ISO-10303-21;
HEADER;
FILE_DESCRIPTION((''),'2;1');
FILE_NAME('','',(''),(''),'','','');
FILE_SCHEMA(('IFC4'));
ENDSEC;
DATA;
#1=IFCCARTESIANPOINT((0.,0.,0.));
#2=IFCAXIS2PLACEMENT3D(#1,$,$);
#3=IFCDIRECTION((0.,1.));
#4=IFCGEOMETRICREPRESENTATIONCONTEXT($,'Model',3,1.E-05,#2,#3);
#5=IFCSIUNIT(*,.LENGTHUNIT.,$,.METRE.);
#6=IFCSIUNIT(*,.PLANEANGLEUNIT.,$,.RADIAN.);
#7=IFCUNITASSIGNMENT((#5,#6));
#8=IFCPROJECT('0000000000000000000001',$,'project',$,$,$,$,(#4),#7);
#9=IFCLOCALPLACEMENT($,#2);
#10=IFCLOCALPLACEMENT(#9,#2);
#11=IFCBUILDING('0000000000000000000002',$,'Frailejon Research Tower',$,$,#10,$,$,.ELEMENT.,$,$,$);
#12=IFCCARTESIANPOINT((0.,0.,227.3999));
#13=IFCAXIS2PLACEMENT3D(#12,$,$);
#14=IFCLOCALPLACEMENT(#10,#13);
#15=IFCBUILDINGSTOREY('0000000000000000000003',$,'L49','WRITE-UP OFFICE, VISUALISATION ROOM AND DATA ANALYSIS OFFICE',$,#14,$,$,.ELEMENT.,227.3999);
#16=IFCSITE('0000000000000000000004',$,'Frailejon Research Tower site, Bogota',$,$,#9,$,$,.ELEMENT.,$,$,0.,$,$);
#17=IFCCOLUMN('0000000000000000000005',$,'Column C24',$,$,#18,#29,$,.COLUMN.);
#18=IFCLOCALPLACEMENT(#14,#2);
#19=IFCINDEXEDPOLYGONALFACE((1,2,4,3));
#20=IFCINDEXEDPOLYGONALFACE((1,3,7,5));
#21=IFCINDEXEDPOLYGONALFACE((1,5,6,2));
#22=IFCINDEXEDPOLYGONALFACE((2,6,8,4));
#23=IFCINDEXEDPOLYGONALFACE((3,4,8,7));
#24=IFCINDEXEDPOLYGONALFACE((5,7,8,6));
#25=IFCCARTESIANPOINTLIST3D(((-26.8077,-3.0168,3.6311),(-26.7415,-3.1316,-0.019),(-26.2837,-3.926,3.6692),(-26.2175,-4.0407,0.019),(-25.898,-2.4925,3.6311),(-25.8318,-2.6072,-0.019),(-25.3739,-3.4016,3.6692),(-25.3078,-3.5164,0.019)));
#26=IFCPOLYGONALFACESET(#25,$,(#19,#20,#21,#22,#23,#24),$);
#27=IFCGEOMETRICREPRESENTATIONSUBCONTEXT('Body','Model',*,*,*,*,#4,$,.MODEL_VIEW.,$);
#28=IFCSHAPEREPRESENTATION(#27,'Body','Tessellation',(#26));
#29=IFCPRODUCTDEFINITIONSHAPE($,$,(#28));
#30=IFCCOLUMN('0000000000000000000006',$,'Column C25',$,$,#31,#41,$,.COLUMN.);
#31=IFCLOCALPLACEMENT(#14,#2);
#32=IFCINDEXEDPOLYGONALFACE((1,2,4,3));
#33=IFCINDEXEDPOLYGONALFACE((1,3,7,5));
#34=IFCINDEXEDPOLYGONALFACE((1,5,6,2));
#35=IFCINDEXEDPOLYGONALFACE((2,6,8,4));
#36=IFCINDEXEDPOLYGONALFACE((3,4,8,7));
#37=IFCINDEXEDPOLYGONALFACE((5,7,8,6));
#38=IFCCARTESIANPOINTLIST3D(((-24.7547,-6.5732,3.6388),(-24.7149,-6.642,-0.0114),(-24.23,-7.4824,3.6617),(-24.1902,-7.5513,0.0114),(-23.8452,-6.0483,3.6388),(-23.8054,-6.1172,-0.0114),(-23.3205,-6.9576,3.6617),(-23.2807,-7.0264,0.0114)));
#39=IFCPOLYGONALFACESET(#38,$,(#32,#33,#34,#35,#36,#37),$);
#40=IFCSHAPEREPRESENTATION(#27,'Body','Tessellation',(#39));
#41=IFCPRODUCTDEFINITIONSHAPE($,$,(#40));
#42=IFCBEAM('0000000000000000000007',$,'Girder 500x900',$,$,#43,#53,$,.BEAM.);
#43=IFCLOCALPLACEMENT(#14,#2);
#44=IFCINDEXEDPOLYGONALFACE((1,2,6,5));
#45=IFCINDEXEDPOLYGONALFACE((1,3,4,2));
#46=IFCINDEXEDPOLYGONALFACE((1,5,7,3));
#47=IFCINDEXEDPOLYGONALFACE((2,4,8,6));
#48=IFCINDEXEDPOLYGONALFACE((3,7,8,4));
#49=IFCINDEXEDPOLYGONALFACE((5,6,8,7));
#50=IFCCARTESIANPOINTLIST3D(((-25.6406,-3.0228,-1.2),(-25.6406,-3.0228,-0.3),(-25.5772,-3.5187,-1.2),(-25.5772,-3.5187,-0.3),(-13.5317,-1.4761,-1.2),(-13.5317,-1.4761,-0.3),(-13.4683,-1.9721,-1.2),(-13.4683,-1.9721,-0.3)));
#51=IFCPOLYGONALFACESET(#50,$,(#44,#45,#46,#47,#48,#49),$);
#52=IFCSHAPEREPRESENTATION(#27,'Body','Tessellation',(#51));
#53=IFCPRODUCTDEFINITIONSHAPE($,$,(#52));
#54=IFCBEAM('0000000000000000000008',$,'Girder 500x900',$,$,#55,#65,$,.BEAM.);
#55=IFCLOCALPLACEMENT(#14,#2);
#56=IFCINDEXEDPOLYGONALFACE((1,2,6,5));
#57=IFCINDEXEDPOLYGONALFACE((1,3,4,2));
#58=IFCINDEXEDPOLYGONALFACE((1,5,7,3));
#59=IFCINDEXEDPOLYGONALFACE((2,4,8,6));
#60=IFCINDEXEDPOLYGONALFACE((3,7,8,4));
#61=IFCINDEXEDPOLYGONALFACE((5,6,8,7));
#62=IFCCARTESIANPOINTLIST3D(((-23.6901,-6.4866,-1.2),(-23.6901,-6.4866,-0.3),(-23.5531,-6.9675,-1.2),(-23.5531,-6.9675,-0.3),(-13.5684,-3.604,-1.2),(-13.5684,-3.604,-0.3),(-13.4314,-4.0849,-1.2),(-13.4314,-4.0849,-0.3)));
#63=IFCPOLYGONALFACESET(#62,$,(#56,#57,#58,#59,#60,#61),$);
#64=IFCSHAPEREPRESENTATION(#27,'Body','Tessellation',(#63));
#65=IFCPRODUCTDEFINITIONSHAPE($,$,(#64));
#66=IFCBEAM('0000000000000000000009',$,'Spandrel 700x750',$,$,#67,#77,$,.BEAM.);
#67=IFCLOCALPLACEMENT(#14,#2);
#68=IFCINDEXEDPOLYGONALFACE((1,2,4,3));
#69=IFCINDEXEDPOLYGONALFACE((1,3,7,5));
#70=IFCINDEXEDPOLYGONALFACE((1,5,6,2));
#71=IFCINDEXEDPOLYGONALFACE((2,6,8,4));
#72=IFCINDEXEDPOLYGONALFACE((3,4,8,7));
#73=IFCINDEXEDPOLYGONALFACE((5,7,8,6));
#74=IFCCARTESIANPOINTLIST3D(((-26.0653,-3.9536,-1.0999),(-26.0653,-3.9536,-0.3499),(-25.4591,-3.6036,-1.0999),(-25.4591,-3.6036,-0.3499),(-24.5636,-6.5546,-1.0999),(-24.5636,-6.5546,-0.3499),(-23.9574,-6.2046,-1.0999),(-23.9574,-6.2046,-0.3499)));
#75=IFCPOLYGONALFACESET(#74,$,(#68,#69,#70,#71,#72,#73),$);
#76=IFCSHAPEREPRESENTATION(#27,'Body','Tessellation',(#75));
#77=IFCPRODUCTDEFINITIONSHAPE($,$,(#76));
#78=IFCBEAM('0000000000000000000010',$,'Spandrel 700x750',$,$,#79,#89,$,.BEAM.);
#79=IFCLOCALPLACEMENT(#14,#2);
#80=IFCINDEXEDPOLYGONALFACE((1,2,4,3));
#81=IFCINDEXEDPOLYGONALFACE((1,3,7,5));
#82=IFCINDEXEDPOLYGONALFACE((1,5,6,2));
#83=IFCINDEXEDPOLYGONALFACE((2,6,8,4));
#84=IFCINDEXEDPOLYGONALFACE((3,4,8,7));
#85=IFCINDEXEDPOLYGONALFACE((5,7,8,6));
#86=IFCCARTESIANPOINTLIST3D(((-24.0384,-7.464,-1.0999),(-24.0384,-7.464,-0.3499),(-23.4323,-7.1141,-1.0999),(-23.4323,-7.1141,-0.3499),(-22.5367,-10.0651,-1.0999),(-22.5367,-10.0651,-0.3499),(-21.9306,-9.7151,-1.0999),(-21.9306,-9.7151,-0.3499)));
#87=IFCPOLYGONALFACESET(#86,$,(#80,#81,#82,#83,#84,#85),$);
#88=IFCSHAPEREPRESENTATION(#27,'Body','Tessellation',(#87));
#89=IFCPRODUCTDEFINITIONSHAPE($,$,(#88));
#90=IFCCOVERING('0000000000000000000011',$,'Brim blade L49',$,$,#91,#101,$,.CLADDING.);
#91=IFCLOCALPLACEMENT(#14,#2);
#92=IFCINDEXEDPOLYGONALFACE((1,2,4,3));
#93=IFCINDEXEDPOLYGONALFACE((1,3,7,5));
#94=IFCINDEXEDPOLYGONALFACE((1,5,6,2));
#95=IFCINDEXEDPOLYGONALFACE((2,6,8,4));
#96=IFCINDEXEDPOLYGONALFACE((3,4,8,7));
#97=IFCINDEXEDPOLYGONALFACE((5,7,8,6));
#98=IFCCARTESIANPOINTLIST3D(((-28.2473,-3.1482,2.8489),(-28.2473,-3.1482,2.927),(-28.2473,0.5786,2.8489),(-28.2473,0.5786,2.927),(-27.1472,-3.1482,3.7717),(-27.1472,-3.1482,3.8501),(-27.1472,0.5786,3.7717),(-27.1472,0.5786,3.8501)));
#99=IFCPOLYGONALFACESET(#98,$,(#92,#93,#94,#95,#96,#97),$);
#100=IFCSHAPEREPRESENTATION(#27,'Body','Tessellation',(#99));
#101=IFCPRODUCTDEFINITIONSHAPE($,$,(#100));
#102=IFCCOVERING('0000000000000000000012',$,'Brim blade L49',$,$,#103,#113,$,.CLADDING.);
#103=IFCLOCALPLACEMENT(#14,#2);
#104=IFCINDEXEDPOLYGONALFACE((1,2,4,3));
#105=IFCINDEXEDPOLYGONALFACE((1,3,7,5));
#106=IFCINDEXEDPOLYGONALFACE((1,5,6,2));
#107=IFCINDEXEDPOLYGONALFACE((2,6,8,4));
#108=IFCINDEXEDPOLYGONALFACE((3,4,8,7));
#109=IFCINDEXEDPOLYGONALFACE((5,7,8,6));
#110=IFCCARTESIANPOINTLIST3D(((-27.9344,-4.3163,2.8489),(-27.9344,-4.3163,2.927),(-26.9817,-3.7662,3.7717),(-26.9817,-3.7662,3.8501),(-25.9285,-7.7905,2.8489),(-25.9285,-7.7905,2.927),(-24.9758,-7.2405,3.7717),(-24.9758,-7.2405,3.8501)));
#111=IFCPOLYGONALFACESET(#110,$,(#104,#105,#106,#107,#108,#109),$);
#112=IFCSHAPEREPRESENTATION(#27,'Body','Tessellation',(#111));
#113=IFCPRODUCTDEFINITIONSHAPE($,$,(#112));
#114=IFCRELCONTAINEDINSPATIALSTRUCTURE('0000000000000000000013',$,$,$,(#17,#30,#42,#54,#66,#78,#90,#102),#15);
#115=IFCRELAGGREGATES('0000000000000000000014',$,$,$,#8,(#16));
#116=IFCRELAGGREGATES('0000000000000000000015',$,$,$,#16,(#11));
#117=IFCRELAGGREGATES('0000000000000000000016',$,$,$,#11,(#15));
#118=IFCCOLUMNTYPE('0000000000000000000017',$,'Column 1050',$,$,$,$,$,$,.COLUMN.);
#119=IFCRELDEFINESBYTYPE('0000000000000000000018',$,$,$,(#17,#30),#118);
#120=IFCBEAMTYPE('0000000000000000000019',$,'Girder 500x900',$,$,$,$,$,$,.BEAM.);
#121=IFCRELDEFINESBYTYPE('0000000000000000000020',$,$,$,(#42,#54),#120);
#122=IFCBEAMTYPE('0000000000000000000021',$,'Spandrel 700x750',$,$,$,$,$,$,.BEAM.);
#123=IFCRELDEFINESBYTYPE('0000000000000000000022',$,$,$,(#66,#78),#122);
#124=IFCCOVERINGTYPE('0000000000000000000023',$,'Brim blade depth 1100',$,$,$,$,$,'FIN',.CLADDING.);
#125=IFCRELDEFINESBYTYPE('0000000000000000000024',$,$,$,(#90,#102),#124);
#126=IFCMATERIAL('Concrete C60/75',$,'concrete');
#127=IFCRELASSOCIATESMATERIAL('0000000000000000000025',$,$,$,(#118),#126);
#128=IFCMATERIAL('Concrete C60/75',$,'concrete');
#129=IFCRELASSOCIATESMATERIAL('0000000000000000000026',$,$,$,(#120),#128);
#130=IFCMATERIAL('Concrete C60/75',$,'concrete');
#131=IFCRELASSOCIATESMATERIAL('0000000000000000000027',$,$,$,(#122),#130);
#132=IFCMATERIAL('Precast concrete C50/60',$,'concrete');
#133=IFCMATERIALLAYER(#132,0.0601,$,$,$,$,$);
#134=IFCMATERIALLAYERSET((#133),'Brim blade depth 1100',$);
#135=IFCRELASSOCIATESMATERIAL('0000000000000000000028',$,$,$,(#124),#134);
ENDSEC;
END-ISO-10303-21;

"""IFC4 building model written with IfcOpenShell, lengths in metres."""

from ifc_helpers import new_model, si_unit, direction, frame, origin, origin_2d, place, context, subcontext, project, spatial, polyline, rectangle, outline, extrude, material, layer, layer_set, material_profile, profile_set, type_object, element, save


model = new_model("IFC4")

# Units and contexts
model_context = context("Model", 3, precision=1e-05, world=origin(), true_north=direction((0.0, 1.0)))
body_context = subcontext(model_context, "Body", "Model", "MODEL_VIEW")
ifc_project = project(units=[si_unit("LENGTHUNIT", "METRE"), si_unit("PLANEANGLEUNIT", "RADIAN")], contexts=[model_context])

# Site, building, storey
site_placement = place(None, origin())
site = spatial("IfcSite", under=ifc_project, at=site_placement, Name="Frailejon Research Tower site, Bogota", CompositionType="ELEMENT", RefElevation=0.0)
building_placement = place(site_placement, origin())
building = spatial("IfcBuilding", under=site, at=building_placement, Name="Frailejon Research Tower", CompositionType="ELEMENT")
storey_placement = place(building_placement, frame((0.0, 0.0, 227.3999)))
storey = spatial("IfcBuildingStorey", under=building, at=storey_placement, Name="L49", Description="WRITE-UP OFFICE, VISUALISATION ROOM AND DATA ANALYSIS OFFICE", CompositionType="ELEMENT", Elevation=227.3999)

# Columns
ifc_material_1 = material(Name="Concrete C60/75", Category="concrete")
ifc_material_profile_1 = material_profile(ifc_material_1, rectangle(XDim=1.05, YDim=1.05, at=origin_2d()), Name="Column 1050")
ifc_profile_set_1 = profile_set([ifc_material_profile_1], Name="Concrete C60/75")
column_type = type_object("IfcColumnType", Name="Column 1050", PredefinedType="COLUMN", material=ifc_profile_set_1)
column_1_placement = place(storey_placement, frame((-26.0247, -3.324, 0.0), z_axis=(-0.018114, 0.031415, 0.999342), x_axis=(0.499041, -0.86582, 0.036263)))
element("IfcColumn", 1, at=column_1_placement, inside=storey, type_object=column_type, Name="Column C24", PredefinedType="COLUMN", context=body_context, shape_type="SweptSolid", body=[
    extrude(rectangle(XDim=1.05, YDim=1.05, at=origin_2d()), origin(), (0.0, 0.0, 1.0), 3.6526),
])
column_2_placement = place(storey_placement, frame((-23.9978, -6.8342, 0.0), z_axis=(-0.0109, 0.018857, 0.999763), x_axis=(0.499729, -0.865908, 0.021781)))
element("IfcColumn", 2, at=column_2_placement, inside=storey, type_object=column_type, Name="Column C25", PredefinedType="COLUMN", context=body_context, shape_type="SweptSolid", body=[
    extrude(rectangle(XDim=1.05, YDim=1.05, at=origin_2d()), origin(), (0.0, 0.0, 1.0), 3.6511),
])

# Beams
ifc_material_2 = material(Name="Concrete C60/75", Category="concrete")
ifc_material_profile_2 = material_profile(ifc_material_2, rectangle(XDim=0.5, YDim=0.8999, at=origin_2d()), Name="Girder 500x900")
ifc_profile_set_2 = profile_set([ifc_material_profile_2], Name="Concrete C60/75")
beam_type_1 = type_object("IfcBeamType", Name="Girder 500x900", PredefinedType="BEAM", material=ifc_profile_set_2)
beam_1_placement = place(storey_placement, frame((-25.6089, -3.2708, -0.75), z_axis=(0.991941, 0.126698, 0.0), x_axis=(-0.126698, 0.991941, 0.0)))
element("IfcBeam", 3, at=beam_1_placement, inside=storey, type_object=beam_type_1, Name="Girder 500x900", PredefinedType="BEAM", context=body_context, shape_type="SweptSolid", body=[
    extrude(rectangle(XDim=0.5, YDim=0.8999, at=origin_2d()), origin(), (0.0, 0.0, 1.0), 12.2073),
])
beam_2_placement = place(storey_placement, frame((-23.6216, -6.7271, -0.75), z_axis=(0.961757, 0.273903, 0.0), x_axis=(-0.273903, 0.961757, 0.0)))
element("IfcBeam", 4, at=beam_2_placement, inside=storey, type_object=beam_type_1, Name="Girder 500x900", PredefinedType="BEAM", context=body_context, shape_type="SweptSolid", body=[
    extrude(rectangle(XDim=0.5, YDim=0.8999, at=origin_2d()), origin(), (0.0, 0.0, 1.0), 10.5242),
])
ifc_material_3 = material(Name="Concrete C60/75", Category="concrete")
ifc_material_profile_3 = material_profile(ifc_material_3, rectangle(XDim=0.7, YDim=0.75, at=origin_2d()), Name="Spandrel 700x750")
ifc_profile_set_3 = profile_set([ifc_material_profile_3], Name="Concrete C60/75")
beam_type_2 = type_object("IfcBeamType", Name="Spandrel 700x750", PredefinedType="BEAM", material=ifc_profile_set_3)
for number, where, z_axis, x_axis, name in (
    (5, (-25.7622, -3.7786, -0.7249), (0.499995, -0.866029, 0.0), (0.866029, 0.499995, 0.0), "Spandrel 700x750"),
    (6, (-23.7354, -7.2891, -0.7249), (0.499995, -0.866029, 0.0), (0.866029, 0.499995, 0.0), "Spandrel 700x750"),
):
    element("IfcBeam", number, at=place(storey_placement, frame(where, z_axis=z_axis, x_axis=x_axis)), inside=storey, type_object=beam_type_2, Name=name, PredefinedType="BEAM", context=body_context, shape_type="SweptSolid", body=[
        extrude(rectangle(XDim=0.7, YDim=0.75, at=origin_2d()), origin(), (0.0, 0.0, 1.0), 3.0034),
    ])

# Coverings
ifc_material_4 = material(Name="Precast concrete C50/60", Category="concrete")
ifc_layer = layer(ifc_material_4, 0.0601)
ifc_layer_set = layer_set([ifc_layer], Name="Brim blade depth 1100")
covering_type = type_object("IfcCoveringType", Name="Brim blade depth 1100", ElementType="FIN", PredefinedType="CLADDING", material=ifc_layer_set)
covering_1_placement = place(storey_placement, frame((-27.1472, -3.1482, 3.8501), z_axis=(0.0, 1.0, 0.0), x_axis=(-1.0, 0.0, 0.0)))
element("IfcCovering", 7, at=covering_1_placement, inside=storey, type_object=covering_type, Name="Brim blade L49", PredefinedType="CLADDING", context=body_context, shape_type="SweptSolid", body=[
    extrude(outline(polyline([(0.0, -0.0784), (1.1001, -1.0012), (1.1001, -0.9231), (0.0, 0.0), (0.0, -0.0784)])), origin(), (0.0, 0.0, 1.0), 3.7268),
])
covering_2_placement = place(storey_placement, frame((-24.9758, -7.2405, 3.8501), z_axis=(-0.500005, 0.866022, 0.0), x_axis=(-0.866022, -0.500005, 0.0)))
element("IfcCovering", 8, at=covering_2_placement, inside=storey, type_object=covering_type, Name="Brim blade L49", PredefinedType="CLADDING", context=body_context, shape_type="SweptSolid", body=[
    extrude(outline(polyline([(0.0, -0.0784), (1.1001, -1.0012), (1.1001, -0.9231), (0.0, 0.0), (0.0, -0.0784)])), origin(), (0.0, 0.0, 1.0), 4.0117),
])

save(model, "model.ifc")
